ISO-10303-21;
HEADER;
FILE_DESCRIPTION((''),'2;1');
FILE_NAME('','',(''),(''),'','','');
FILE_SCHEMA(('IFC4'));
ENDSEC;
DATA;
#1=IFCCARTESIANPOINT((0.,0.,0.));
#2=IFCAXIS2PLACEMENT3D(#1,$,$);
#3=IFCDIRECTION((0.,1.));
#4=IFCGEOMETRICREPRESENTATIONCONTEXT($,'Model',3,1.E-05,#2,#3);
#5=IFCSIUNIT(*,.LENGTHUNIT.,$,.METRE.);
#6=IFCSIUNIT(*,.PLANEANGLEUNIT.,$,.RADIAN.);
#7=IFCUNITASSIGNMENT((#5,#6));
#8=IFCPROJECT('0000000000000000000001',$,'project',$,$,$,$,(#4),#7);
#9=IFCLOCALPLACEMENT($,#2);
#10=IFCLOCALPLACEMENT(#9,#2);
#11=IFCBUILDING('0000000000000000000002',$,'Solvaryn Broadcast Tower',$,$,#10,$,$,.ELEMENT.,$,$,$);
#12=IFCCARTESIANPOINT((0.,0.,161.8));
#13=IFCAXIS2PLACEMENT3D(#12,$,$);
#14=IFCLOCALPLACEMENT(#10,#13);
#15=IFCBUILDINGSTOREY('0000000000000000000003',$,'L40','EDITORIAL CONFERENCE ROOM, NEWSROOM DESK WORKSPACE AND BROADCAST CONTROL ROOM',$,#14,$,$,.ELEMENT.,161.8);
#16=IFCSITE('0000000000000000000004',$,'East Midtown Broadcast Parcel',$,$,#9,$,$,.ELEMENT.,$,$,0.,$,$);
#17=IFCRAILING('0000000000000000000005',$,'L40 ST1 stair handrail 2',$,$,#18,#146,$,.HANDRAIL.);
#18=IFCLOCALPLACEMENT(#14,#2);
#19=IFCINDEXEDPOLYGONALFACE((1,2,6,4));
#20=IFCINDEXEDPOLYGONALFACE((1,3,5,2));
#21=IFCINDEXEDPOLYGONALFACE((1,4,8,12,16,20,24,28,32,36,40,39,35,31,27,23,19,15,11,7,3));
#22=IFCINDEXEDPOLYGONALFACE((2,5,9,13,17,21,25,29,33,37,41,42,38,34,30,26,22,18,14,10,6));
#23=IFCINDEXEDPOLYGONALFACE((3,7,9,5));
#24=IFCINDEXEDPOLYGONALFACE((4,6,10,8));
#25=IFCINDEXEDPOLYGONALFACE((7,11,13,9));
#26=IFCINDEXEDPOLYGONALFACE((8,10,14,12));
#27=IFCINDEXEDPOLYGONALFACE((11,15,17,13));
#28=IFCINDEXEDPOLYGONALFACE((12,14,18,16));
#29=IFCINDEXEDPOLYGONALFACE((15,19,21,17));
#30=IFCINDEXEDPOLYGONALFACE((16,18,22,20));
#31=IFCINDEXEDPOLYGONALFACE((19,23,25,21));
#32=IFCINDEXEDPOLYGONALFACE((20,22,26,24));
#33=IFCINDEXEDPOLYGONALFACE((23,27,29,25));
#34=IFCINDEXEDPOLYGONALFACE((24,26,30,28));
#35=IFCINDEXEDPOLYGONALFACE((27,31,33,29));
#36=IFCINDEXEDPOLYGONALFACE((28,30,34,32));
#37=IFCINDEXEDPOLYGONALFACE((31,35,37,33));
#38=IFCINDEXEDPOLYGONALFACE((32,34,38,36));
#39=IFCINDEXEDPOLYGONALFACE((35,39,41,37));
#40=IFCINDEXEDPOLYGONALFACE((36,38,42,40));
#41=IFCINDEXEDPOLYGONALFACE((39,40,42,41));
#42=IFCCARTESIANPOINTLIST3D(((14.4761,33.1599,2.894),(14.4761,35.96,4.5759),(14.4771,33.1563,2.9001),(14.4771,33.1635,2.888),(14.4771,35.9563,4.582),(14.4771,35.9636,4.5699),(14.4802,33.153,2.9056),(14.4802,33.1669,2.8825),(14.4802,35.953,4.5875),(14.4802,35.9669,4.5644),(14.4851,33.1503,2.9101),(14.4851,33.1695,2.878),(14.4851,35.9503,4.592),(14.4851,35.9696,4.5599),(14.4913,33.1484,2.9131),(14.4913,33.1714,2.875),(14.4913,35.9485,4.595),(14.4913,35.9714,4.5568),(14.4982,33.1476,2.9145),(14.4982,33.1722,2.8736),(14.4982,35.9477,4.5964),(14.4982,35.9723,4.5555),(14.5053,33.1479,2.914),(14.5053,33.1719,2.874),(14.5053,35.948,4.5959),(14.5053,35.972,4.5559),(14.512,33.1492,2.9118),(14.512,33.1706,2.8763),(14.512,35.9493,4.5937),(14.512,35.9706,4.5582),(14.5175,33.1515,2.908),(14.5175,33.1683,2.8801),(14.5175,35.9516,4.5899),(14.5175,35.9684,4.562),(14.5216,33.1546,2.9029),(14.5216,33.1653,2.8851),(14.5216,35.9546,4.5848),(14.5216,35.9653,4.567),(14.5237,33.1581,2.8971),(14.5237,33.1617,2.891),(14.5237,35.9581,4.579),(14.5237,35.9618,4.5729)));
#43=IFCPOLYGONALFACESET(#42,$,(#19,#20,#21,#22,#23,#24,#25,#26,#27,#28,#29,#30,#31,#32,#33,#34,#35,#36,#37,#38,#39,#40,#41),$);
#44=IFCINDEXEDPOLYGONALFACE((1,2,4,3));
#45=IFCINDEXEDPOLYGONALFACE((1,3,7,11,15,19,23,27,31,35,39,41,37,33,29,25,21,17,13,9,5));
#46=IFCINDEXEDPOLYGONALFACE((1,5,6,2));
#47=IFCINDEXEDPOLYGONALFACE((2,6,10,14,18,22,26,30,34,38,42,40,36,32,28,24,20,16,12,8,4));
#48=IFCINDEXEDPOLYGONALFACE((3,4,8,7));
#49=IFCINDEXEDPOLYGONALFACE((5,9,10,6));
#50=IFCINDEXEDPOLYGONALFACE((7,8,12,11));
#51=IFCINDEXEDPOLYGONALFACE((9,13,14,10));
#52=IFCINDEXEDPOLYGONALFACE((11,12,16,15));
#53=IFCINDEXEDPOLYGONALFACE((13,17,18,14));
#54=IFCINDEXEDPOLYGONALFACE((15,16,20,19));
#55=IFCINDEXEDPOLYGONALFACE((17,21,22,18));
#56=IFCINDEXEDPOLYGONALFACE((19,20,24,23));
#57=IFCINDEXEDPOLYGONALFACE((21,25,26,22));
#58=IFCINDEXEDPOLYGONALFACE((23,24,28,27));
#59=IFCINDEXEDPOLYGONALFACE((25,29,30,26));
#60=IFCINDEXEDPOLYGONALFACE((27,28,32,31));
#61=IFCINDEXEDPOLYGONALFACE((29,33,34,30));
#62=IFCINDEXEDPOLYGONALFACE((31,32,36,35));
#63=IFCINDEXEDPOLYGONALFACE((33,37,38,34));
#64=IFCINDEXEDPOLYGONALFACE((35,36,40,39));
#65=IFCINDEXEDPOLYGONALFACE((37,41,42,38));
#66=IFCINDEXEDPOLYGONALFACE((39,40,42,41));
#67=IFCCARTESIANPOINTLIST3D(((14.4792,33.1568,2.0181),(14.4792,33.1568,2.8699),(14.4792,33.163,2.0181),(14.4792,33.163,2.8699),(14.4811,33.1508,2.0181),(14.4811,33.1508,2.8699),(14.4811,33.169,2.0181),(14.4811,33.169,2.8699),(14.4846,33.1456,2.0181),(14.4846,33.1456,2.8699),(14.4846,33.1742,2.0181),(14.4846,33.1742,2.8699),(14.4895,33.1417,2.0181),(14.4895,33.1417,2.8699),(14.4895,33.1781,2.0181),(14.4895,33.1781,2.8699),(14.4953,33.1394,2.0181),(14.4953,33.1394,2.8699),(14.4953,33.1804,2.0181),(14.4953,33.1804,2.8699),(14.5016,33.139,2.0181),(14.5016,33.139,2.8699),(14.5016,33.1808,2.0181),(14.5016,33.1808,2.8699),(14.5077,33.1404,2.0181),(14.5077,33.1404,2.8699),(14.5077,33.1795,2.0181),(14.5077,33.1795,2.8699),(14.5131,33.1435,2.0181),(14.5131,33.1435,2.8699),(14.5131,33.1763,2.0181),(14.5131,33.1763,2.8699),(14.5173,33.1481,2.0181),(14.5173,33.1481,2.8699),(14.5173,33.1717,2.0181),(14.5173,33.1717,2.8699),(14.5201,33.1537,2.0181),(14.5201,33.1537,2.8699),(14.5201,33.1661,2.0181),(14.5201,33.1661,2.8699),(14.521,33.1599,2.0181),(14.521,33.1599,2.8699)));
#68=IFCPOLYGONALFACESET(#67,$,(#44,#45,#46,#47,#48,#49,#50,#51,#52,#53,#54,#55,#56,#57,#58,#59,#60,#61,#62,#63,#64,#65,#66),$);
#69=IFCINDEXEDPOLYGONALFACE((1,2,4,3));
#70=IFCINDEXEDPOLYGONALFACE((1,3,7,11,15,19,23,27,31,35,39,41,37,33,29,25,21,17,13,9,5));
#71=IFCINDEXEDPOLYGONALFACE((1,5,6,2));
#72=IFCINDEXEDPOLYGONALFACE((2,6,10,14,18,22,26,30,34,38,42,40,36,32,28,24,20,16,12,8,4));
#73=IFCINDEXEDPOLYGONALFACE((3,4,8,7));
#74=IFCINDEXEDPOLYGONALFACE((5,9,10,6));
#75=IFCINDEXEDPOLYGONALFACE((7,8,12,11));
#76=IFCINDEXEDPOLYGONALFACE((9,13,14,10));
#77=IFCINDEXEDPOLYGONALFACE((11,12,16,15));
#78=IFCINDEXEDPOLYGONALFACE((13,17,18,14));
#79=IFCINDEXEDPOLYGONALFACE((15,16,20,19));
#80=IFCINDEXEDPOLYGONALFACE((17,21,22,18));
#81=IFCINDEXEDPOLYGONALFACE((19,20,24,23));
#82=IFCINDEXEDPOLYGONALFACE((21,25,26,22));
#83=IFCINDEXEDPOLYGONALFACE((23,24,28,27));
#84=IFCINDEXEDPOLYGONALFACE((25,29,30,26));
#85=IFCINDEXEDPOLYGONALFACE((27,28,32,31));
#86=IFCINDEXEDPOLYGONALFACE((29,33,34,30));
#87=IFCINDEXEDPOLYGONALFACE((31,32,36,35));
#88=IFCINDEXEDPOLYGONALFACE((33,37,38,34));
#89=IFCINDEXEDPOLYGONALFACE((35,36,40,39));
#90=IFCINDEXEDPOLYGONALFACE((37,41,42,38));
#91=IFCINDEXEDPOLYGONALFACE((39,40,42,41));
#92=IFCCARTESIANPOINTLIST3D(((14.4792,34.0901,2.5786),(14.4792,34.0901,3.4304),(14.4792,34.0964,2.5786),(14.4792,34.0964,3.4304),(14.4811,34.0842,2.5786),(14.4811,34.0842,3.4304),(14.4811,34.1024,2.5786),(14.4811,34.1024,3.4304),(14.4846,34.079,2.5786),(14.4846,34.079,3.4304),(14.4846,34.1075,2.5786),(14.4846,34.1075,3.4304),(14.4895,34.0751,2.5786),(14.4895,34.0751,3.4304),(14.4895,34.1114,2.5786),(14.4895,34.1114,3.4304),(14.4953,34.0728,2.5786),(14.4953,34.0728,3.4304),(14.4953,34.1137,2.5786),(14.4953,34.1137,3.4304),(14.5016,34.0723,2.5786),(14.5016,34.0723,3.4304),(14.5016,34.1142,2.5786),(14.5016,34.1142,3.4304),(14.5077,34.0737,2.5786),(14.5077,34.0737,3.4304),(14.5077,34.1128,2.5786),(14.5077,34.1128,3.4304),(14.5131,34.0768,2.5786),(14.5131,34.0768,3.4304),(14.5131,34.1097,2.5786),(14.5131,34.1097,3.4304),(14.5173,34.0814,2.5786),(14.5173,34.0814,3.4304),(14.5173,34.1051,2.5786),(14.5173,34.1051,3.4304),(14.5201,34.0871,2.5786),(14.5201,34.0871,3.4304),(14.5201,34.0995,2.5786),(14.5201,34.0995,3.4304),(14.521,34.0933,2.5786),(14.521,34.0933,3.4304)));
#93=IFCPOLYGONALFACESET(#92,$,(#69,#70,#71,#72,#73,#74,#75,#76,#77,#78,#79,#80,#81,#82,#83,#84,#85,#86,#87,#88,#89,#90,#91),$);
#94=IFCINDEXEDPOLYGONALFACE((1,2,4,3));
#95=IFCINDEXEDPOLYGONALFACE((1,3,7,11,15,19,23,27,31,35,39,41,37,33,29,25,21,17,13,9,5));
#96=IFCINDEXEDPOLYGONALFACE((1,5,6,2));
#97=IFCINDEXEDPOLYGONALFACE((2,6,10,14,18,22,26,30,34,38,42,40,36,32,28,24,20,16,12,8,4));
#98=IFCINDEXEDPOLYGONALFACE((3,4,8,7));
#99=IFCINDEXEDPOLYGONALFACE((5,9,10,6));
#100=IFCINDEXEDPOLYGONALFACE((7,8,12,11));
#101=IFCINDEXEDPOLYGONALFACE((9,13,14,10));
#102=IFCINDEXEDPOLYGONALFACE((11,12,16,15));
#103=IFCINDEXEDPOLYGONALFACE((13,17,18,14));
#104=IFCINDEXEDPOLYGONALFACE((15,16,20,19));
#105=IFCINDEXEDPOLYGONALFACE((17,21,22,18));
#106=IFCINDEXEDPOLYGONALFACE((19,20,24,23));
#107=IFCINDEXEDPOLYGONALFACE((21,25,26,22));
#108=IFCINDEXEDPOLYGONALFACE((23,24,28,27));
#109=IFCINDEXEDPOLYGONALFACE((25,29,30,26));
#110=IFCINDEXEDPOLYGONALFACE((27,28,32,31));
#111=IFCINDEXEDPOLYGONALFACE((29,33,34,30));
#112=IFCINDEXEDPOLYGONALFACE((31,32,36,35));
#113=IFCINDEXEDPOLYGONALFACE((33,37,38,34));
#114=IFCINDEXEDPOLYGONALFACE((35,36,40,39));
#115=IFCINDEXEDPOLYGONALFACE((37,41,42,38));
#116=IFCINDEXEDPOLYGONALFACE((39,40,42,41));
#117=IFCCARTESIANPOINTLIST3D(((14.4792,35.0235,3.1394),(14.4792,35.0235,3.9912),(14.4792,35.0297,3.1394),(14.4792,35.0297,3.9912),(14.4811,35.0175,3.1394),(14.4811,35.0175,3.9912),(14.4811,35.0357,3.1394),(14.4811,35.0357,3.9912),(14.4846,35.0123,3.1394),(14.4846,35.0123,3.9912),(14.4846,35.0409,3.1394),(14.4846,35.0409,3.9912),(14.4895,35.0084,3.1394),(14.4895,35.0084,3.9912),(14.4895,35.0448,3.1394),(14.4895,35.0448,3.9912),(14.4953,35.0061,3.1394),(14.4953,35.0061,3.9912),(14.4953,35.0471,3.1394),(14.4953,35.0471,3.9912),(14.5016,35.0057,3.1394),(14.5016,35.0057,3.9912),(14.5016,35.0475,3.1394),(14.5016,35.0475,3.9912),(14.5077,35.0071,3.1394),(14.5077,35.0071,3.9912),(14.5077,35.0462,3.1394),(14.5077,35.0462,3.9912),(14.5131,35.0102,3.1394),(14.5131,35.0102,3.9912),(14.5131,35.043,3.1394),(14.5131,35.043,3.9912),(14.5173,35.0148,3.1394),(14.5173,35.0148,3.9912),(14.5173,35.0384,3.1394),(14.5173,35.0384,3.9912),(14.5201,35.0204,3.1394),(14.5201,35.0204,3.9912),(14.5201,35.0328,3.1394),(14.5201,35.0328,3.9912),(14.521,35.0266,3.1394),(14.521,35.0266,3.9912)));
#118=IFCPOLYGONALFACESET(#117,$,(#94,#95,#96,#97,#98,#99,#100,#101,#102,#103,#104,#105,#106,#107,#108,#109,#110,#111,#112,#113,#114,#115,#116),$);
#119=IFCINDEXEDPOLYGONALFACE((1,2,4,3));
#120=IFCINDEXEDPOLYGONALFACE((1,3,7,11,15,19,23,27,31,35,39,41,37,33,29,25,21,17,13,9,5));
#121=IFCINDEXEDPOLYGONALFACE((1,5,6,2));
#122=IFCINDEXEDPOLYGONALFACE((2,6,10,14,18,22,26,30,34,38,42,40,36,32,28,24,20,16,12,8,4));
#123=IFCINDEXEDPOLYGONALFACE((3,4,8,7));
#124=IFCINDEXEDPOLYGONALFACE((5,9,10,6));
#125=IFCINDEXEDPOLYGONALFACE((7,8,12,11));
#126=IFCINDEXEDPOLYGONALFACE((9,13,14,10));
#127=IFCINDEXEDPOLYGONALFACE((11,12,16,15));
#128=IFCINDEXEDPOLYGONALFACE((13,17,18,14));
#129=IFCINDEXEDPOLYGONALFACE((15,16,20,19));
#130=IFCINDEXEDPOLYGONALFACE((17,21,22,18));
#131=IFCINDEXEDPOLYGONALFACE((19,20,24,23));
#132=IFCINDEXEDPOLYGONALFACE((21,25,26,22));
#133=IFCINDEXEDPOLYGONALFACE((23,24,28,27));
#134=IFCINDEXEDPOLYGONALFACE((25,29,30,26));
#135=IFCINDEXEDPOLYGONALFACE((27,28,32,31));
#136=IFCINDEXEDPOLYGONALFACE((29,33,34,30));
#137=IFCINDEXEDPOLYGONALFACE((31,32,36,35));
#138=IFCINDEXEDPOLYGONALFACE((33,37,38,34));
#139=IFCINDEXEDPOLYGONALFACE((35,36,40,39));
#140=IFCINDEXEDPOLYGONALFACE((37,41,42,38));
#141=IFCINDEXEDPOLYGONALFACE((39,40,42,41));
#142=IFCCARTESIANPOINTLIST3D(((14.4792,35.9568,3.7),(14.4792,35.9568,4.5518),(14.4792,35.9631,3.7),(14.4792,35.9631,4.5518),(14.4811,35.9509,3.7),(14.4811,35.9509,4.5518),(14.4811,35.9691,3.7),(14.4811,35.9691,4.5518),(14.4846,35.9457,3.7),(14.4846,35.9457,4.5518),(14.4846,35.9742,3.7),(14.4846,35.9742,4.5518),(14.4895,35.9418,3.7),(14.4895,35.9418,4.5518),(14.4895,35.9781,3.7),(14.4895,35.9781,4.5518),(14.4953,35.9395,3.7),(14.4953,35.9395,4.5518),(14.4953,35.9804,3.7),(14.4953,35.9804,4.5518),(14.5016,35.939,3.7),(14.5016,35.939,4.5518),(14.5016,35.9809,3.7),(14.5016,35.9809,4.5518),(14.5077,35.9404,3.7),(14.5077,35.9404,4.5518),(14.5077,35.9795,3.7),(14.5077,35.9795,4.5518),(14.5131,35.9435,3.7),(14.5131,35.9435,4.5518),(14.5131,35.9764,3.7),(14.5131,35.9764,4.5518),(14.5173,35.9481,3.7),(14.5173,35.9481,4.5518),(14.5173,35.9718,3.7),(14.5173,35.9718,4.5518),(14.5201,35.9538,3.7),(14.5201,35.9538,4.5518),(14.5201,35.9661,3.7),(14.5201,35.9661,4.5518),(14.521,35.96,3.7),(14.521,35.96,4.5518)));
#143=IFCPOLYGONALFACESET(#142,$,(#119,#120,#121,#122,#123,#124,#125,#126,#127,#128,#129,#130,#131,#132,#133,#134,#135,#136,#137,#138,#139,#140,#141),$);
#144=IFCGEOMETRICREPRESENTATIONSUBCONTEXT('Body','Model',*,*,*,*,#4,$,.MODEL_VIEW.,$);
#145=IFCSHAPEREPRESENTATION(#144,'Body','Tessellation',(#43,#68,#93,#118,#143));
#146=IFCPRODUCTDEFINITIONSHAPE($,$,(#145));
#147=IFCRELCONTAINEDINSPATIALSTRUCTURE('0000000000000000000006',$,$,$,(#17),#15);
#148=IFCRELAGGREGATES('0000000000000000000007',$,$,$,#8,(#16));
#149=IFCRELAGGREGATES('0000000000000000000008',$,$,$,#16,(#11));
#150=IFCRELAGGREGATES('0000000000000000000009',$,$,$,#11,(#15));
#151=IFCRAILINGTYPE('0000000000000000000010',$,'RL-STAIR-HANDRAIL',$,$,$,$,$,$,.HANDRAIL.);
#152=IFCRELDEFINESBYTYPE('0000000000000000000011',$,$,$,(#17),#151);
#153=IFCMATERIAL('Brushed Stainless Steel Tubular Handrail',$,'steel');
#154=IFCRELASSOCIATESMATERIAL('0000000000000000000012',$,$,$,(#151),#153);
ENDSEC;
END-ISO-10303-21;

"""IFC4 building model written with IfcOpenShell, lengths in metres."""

from ifc_helpers import new_model, si_unit, direction, frame, origin, origin_2d, place, context, subcontext, project, spatial, circle, extrude, material, type_object, element, save


model = new_model("IFC4")

# Units and contexts
model_context = context("Model", 3, precision=1e-05, world=origin(), true_north=direction((0.0, 1.0)))
body_context = subcontext(model_context, "Body", "Model", "MODEL_VIEW")
ifc_project = project(units=[si_unit("LENGTHUNIT", "METRE"), si_unit("PLANEANGLEUNIT", "RADIAN")], contexts=[model_context])

# Site, building, storey
site_placement = place(None, origin())
site = spatial("IfcSite", under=ifc_project, at=site_placement, Name="East Midtown Broadcast Parcel", CompositionType="ELEMENT", RefElevation=0.0)
building_placement = place(site_placement, origin())
building = spatial("IfcBuilding", under=site, at=building_placement, Name="Solvaryn Broadcast Tower", CompositionType="ELEMENT")
storey_placement = place(building_placement, frame((0.0, 0.0, 161.8)))
storey = spatial("IfcBuildingStorey", under=building, at=storey_placement, Name="L40", Description="EDITORIAL CONFERENCE ROOM, NEWSROOM DESK WORKSPACE AND BROADCAST CONTROL ROOM", CompositionType="ELEMENT", Elevation=161.8)

# Railing
ifc_material_1 = material(Name="Brushed Stainless Steel Tubular Handrail", Category="steel")
railing_type_1 = type_object("IfcRailingType", Name="RL-STAIR-HANDRAIL", PredefinedType="HANDRAIL", material=ifc_material_1)
railing_1_placement = place(storey_placement, frame((14.5, 33.1599, 2.0181)))
element("IfcRailing", 1, at=railing_1_placement, inside=storey, type_object=railing_type_1, Name="L40 ST1 stair handrail 2", PredefinedType="HANDRAIL", context=body_context, shape_type="SweptSolid", body=[
    extrude(circle(Radius=0.0239, at=origin_2d()), frame((0.0, 0.0, 0.876), z_axis=(0.0, 0.857242, 0.514913), x_axis=(-1.0, 0.0, 0.0)), (0.0, 0.0, 1.0), 3.2664),
    extrude(circle(Radius=0.021, at=origin_2d()), origin(), (0.0, 0.0, 1.0), 0.8518),
    extrude(circle(Radius=0.021, at=origin_2d()), frame((0.0, 0.9333, 0.5605)), (0.0, 0.0, 1.0), 0.8518),
    extrude(circle(Radius=0.021, at=origin_2d()), frame((0.0, 1.8667, 1.1213)), (0.0, 0.0, 1.0), 0.8518),
    extrude(circle(Radius=0.021, at=origin_2d()), frame((0.0, 2.8, 1.6819)), (0.0, 0.0, 1.0), 0.8518),
])

save(model, "model.ifc")
